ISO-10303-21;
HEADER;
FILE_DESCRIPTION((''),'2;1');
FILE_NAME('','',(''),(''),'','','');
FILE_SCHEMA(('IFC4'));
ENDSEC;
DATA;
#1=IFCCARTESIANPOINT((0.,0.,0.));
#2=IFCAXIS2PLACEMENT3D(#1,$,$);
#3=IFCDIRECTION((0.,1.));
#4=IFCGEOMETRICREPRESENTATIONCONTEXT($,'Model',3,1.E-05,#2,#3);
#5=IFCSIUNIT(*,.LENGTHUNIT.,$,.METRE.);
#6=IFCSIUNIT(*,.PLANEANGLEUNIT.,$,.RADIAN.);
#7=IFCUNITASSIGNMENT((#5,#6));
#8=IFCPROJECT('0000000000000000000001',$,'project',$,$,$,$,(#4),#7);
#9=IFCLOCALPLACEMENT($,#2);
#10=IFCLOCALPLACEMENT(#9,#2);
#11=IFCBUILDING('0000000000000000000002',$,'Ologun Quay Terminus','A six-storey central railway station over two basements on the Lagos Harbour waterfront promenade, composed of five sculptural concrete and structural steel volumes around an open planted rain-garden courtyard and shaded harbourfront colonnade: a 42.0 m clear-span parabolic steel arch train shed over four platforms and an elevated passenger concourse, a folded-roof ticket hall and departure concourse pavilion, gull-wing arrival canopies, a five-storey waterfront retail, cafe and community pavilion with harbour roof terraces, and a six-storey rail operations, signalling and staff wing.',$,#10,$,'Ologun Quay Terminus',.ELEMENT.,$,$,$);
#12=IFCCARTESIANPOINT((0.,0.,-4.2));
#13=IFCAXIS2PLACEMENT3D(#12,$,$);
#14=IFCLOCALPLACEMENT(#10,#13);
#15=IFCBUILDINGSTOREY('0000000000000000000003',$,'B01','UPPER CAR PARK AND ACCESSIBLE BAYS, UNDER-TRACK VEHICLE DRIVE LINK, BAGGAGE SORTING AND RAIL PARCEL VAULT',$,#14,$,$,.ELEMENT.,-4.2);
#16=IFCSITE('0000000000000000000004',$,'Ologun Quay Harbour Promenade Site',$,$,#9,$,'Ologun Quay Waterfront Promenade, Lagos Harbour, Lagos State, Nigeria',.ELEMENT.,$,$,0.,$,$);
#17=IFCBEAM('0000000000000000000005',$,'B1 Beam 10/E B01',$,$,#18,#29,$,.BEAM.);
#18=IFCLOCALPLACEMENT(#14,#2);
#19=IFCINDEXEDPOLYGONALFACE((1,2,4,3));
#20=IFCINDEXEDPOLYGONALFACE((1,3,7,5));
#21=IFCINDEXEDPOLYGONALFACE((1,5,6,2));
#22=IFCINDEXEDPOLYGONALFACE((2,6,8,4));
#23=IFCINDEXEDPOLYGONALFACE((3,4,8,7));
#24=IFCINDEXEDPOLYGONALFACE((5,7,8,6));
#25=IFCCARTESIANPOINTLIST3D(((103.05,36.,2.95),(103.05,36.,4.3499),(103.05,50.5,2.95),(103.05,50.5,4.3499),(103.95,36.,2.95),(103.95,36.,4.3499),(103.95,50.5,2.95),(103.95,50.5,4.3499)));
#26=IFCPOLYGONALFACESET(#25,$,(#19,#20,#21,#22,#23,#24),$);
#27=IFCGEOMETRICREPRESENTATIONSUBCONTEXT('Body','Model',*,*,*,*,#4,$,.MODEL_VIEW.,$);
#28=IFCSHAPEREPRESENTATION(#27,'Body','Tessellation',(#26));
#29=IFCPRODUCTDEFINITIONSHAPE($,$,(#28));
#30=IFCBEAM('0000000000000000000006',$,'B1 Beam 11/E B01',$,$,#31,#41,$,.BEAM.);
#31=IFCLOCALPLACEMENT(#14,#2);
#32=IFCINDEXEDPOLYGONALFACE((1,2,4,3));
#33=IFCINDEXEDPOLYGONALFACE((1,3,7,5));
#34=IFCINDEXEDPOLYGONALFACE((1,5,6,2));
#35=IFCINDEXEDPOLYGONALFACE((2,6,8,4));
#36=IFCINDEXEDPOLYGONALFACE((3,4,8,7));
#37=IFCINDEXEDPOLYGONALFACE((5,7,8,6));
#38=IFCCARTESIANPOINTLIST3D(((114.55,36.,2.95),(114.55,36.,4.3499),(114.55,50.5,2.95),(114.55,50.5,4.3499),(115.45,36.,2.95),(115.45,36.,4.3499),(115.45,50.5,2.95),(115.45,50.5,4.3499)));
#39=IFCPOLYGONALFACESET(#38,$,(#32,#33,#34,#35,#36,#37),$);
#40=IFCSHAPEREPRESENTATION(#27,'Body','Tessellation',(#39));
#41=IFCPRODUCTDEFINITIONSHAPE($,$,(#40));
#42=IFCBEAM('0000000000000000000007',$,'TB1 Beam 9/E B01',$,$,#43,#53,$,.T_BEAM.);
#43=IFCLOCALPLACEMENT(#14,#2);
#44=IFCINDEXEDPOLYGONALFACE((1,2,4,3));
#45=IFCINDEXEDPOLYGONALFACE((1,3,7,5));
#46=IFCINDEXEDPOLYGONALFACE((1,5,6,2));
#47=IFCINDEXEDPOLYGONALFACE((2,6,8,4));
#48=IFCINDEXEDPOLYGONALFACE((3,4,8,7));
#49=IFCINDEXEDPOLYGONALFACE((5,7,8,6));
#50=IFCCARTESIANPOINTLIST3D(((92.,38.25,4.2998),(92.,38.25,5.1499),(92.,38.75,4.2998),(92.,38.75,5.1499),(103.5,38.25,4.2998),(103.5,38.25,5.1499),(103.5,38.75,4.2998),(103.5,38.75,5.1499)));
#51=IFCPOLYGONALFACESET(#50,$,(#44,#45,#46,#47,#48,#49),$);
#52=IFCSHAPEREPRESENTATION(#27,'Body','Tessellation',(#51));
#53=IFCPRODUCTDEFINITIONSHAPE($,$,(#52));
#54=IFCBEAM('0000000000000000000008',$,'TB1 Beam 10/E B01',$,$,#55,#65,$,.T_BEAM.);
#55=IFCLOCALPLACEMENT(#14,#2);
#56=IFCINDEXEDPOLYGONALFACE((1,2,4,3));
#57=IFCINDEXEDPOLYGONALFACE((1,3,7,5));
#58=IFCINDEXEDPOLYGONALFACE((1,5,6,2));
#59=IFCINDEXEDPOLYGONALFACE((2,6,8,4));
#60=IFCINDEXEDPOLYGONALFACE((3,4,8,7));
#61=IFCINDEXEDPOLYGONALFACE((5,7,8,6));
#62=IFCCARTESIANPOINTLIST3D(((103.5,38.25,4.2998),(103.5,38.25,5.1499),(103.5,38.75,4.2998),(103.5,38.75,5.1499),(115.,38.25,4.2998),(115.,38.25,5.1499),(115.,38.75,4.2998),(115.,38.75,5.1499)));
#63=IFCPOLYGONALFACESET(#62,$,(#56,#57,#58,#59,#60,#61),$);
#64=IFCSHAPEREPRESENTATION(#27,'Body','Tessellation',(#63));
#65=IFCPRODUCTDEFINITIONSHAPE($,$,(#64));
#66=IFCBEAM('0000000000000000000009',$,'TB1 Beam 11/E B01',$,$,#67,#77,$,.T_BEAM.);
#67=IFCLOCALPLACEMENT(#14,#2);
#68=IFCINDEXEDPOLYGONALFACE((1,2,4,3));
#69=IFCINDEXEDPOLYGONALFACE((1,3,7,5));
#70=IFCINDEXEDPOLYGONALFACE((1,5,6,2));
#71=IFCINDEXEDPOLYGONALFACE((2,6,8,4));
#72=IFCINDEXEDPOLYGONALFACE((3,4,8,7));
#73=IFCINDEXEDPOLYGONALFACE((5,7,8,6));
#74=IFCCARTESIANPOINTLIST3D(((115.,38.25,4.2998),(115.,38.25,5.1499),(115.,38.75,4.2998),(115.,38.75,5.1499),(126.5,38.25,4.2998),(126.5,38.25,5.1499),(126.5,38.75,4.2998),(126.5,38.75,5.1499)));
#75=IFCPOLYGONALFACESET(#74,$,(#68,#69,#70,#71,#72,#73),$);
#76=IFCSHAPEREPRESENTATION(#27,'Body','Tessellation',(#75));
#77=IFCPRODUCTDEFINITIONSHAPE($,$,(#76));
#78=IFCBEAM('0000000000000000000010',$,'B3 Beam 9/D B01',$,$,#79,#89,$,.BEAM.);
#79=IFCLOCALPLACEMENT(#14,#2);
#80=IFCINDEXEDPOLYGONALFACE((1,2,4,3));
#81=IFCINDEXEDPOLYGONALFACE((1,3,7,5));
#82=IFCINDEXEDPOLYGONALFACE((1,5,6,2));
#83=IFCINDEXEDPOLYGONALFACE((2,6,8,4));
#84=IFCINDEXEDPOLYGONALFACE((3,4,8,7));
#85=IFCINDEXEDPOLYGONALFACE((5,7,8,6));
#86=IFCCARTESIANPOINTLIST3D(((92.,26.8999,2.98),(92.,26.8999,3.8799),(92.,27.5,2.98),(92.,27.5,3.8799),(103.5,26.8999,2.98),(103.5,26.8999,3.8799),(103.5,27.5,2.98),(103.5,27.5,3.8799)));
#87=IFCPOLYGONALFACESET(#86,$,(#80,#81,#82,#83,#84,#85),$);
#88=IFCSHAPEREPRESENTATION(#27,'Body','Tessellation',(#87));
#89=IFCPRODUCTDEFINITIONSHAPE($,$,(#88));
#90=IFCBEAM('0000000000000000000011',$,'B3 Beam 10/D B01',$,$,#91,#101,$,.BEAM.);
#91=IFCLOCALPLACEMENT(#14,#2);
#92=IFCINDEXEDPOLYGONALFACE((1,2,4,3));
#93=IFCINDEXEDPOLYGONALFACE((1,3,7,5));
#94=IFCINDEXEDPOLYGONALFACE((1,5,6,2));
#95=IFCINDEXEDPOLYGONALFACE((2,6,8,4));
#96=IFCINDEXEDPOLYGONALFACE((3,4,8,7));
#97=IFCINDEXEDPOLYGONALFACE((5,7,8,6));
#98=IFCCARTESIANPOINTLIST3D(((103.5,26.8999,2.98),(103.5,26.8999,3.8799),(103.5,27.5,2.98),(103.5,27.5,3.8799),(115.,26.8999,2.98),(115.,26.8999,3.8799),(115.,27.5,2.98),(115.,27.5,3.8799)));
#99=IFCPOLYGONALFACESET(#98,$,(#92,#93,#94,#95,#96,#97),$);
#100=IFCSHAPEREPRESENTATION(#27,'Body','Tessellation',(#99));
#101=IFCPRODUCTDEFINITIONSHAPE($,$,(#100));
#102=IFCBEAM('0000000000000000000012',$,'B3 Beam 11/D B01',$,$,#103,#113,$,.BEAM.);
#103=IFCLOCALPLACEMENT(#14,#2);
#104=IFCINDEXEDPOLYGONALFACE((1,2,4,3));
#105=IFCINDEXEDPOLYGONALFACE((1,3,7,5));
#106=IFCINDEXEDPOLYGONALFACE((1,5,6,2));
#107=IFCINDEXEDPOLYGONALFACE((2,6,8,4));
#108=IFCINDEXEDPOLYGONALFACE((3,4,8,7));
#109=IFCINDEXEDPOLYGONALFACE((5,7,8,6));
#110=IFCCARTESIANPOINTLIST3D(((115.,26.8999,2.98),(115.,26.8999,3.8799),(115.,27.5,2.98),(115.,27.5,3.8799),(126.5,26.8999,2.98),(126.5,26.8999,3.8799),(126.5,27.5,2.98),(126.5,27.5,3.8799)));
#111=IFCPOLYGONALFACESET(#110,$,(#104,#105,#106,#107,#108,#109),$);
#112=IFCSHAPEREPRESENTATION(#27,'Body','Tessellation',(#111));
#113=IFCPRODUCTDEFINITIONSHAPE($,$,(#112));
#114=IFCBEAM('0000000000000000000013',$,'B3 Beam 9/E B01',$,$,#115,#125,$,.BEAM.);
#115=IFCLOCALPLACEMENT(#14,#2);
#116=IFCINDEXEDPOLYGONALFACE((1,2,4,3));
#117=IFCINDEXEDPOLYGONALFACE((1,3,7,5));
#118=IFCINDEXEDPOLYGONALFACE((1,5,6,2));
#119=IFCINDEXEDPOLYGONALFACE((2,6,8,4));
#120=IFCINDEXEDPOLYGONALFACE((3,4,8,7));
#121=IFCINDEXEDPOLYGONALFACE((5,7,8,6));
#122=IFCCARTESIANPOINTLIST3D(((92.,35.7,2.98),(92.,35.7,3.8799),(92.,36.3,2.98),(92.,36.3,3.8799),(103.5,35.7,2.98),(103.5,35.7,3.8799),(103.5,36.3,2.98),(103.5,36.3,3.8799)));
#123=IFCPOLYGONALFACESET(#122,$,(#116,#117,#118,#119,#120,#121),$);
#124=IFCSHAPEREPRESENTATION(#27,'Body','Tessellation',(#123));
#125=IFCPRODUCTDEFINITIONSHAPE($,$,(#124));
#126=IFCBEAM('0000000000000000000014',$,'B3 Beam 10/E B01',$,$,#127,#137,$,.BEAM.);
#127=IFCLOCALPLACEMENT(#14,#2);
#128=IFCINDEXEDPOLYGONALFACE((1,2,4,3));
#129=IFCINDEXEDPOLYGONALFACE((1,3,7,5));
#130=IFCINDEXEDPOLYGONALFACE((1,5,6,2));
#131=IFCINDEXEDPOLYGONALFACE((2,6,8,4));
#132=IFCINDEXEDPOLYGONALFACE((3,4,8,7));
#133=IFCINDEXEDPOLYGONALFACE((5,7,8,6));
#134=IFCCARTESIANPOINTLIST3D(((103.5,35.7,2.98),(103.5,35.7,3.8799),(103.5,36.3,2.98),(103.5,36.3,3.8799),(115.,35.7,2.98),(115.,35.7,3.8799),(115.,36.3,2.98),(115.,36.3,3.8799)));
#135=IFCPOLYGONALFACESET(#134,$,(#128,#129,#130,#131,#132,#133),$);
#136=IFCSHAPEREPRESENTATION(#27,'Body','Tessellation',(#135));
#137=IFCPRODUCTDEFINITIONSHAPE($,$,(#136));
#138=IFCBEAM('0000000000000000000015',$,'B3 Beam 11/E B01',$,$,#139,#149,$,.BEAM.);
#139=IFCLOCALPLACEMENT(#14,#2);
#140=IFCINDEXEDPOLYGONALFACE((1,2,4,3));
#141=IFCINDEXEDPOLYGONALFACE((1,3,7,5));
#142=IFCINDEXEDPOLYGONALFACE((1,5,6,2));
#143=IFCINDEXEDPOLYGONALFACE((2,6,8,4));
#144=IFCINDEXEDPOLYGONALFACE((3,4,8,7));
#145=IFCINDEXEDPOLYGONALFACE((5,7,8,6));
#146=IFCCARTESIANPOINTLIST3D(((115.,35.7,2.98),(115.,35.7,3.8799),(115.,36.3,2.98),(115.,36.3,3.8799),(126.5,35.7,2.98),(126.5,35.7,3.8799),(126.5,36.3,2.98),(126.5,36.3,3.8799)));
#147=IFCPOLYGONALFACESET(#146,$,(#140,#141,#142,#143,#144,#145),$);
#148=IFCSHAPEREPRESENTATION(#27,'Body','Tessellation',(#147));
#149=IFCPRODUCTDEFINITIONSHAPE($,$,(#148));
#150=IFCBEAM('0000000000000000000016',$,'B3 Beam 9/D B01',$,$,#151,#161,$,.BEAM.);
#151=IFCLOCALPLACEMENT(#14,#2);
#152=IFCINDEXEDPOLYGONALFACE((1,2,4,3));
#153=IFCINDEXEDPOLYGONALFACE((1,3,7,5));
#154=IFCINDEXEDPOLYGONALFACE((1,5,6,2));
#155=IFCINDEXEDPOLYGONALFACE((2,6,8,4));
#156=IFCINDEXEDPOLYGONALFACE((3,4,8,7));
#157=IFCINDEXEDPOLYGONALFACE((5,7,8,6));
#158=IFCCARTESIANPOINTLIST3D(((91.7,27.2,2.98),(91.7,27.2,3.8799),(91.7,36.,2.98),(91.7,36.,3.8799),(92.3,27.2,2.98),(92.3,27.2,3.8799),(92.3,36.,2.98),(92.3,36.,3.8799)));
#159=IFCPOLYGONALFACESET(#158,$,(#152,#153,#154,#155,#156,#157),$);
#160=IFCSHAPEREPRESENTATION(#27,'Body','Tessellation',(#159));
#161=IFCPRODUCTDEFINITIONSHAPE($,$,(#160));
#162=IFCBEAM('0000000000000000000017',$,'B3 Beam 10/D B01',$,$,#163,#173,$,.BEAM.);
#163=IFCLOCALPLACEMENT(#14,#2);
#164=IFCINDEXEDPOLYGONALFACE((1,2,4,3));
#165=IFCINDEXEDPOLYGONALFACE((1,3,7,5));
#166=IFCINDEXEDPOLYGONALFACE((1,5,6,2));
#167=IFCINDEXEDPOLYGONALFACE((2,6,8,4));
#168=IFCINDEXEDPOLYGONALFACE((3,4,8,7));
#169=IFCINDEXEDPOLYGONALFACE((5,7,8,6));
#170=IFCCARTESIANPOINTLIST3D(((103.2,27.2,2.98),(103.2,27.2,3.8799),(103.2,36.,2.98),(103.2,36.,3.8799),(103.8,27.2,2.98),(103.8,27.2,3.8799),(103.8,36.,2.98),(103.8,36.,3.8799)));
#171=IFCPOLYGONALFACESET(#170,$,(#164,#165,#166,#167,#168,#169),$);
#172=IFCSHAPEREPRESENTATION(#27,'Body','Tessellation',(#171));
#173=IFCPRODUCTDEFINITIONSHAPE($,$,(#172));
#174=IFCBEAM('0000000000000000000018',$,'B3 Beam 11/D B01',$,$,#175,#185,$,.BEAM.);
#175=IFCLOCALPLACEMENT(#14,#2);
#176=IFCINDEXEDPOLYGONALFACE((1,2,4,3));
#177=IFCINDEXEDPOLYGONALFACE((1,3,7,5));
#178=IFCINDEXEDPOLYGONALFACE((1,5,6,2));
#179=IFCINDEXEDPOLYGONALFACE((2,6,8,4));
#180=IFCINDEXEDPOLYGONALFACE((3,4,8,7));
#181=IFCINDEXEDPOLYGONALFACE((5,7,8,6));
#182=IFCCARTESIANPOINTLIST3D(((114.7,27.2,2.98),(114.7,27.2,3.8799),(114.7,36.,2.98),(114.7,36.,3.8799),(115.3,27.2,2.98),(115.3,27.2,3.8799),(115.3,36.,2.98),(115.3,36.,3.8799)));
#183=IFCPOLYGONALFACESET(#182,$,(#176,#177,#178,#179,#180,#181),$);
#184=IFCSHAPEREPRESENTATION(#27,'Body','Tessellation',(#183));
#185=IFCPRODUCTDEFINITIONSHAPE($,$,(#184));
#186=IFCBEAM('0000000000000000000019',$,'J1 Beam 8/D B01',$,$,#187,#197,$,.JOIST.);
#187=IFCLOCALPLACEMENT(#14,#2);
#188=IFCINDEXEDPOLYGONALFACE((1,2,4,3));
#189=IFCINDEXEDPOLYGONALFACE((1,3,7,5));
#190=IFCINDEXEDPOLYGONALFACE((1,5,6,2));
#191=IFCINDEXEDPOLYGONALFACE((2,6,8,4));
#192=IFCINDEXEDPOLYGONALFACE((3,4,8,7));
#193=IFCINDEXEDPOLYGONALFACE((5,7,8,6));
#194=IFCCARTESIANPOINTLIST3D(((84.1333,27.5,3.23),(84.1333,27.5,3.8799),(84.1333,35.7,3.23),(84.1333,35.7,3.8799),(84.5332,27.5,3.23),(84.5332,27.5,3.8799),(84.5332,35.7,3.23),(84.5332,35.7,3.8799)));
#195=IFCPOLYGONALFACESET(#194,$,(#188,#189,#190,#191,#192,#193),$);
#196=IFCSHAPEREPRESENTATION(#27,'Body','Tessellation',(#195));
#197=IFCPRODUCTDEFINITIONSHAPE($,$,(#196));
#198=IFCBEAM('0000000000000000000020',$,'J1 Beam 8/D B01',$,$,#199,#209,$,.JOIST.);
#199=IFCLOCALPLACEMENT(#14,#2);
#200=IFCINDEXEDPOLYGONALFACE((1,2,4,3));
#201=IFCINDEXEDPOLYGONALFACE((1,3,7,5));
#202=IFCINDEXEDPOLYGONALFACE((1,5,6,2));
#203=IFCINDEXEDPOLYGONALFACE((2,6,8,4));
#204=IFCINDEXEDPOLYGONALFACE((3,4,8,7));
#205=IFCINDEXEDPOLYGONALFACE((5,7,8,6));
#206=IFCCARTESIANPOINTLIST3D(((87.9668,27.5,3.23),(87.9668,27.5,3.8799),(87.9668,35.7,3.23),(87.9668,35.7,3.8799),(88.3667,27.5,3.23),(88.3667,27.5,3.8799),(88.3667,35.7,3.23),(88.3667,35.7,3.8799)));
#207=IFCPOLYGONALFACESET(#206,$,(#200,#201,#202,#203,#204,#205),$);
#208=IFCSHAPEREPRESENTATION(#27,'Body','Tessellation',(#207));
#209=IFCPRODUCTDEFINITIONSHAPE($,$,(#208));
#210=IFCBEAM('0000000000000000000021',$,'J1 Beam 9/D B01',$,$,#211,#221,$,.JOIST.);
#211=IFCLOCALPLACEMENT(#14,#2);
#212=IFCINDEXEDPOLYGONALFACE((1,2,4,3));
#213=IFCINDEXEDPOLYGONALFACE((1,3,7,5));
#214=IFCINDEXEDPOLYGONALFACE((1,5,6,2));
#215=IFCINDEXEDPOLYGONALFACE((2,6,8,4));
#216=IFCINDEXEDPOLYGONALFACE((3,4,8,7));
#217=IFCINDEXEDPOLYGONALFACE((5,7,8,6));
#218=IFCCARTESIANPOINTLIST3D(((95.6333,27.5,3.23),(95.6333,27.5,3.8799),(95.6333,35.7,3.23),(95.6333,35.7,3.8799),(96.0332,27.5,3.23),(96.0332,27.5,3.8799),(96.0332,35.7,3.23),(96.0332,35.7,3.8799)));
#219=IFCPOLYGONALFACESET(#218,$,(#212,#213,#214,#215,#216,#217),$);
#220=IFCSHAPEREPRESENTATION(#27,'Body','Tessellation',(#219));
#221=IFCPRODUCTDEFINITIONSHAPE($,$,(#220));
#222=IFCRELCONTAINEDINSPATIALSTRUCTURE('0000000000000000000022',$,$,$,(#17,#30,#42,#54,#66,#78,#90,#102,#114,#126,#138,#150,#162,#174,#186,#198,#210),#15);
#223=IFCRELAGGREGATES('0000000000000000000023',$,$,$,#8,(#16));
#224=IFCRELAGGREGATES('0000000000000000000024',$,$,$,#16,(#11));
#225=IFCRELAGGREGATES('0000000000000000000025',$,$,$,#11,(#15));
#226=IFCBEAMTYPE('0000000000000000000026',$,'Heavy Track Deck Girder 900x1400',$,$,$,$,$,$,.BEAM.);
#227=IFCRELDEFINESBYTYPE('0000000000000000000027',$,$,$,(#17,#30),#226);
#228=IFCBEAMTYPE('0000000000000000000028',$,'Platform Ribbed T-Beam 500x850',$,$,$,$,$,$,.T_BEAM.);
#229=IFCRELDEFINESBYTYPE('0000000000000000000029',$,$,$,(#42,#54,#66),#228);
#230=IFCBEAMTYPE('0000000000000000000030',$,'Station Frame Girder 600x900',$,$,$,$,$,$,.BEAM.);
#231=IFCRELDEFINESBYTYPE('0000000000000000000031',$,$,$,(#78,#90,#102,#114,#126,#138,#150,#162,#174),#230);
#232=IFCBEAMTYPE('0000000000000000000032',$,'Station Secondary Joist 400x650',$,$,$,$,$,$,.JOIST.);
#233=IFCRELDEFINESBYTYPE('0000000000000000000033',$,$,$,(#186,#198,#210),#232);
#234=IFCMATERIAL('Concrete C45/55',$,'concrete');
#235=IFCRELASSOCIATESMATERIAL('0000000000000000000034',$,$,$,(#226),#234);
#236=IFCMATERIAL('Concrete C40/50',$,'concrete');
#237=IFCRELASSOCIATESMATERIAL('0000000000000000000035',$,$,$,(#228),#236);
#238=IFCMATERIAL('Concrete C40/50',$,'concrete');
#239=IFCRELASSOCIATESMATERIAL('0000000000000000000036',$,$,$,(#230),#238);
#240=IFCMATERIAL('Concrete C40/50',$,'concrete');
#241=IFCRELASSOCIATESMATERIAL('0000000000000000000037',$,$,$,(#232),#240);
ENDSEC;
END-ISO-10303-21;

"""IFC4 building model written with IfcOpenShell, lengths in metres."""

from ifc_helpers import new_model, si_unit, direction, frame, origin, origin_2d, place, context, subcontext, project, spatial, rectangle, extrude, material, material_profile, profile_set, type_object, element, save


model = new_model("IFC4")

# Units and contexts
model_context = context("Model", 3, precision=1e-05, world=origin(), true_north=direction((0.0, 1.0)))
body_context = subcontext(model_context, "Body", "Model", "MODEL_VIEW")
ifc_project = project(units=[si_unit("LENGTHUNIT", "METRE"), si_unit("PLANEANGLEUNIT", "RADIAN")], contexts=[model_context])

# Site, building, storey
site_placement = place(None, origin())
site = spatial("IfcSite", under=ifc_project, at=site_placement, Name="Ologun Quay Harbour Promenade Site", LongName="Ologun Quay Waterfront Promenade, Lagos Harbour, Lagos State, Nigeria", CompositionType="ELEMENT", RefElevation=0.0)
building_placement = place(site_placement, origin())
building = spatial("IfcBuilding", under=site, at=building_placement, Name="Ologun Quay Terminus", Description="A six-storey central railway station over two basements on the Lagos Harbour waterfront promenade, composed of five sculptural concrete and structural steel volumes around an open planted rain-garden courtyard and shaded harbourfront colonnade: a 42.0 m clear-span parabolic steel arch train shed over four platforms and an elevated passenger concourse, a folded-roof ticket hall and departure concourse pavilion, gull-wing arrival canopies, a five-storey waterfront retail, cafe and community pavilion with harbour roof terraces, and a six-storey rail operations, signalling and staff wing.", LongName="Ologun Quay Terminus", CompositionType="ELEMENT")
storey_placement = place(building_placement, frame((0.0, 0.0, -4.2)))
storey = spatial("IfcBuildingStorey", under=building, at=storey_placement, Name="B01", Description="UPPER CAR PARK AND ACCESSIBLE BAYS, UNDER-TRACK VEHICLE DRIVE LINK, BAGGAGE SORTING AND RAIL PARCEL VAULT", CompositionType="ELEMENT", Elevation=-4.2)

# Beams
ifc_material_1 = material(Name="Concrete C45/55", Category="concrete")
ifc_material_profile_1 = material_profile(ifc_material_1, rectangle(XDim=0.8999, YDim=1.3999, at=origin_2d()), Name="RC 900x1400")
ifc_profile_set_1 = profile_set([ifc_material_profile_1], Name="Concrete C45/55")
beam_type_1 = type_object("IfcBeamType", Name="Heavy Track Deck Girder 900x1400", PredefinedType="BEAM", material=ifc_profile_set_1)
for number, where, z_axis, x_axis, name in (
    (1, (103.5, 36.0, 3.6499), (0.0, 1.0, 0.0), (-1.0, 0.0, 0.0), "B1 Beam 10/E B01"),
    (2, (115.0, 36.0, 3.6499), (0.0, 1.0, 0.0), (-1.0, 0.0, 0.0), "B1 Beam 11/E B01"),
):
    element("IfcBeam", number, at=place(storey_placement, frame(where, z_axis=z_axis, x_axis=x_axis)), inside=storey, type_object=beam_type_1, Name=name, PredefinedType="BEAM", context=body_context, shape_type="SweptSolid", body=[
        extrude(rectangle(XDim=0.8999, YDim=1.3999, at=origin_2d()), origin(), (0.0, 0.0, 1.0), 14.5),
    ])
ifc_material_2 = material(Name="Concrete C40/50", Category="concrete")
ifc_material_profile_2 = material_profile(ifc_material_2, rectangle(XDim=0.5, YDim=0.8501, at=origin_2d()), Name="RC 500x850")
ifc_profile_set_2 = profile_set([ifc_material_profile_2], Name="Concrete C40/50")
beam_type_2 = type_object("IfcBeamType", Name="Platform Ribbed T-Beam 500x850", PredefinedType="T_BEAM", material=ifc_profile_set_2)
for number, where, z_axis, x_axis, name in (
    (3, (92.0, 38.5, 4.7249), (1.0, 0.0, 0.0), (0.0, 1.0, 0.0), "TB1 Beam 9/E B01"),
    (4, (103.5, 38.5, 4.7249), (1.0, 0.0, 0.0), (0.0, 1.0, 0.0), "TB1 Beam 10/E B01"),
    (5, (115.0, 38.5, 4.7249), (1.0, 0.0, 0.0), (0.0, 1.0, 0.0), "TB1 Beam 11/E B01"),
):
    element("IfcBeam", number, at=place(storey_placement, frame(where, z_axis=z_axis, x_axis=x_axis)), inside=storey, type_object=beam_type_2, Name=name, PredefinedType="T_BEAM", context=body_context, shape_type="SweptSolid", body=[
        extrude(rectangle(XDim=0.5, YDim=0.8501, at=origin_2d()), origin(), (0.0, 0.0, 1.0), 11.5),
    ])
ifc_material_3 = material(Name="Concrete C40/50", Category="concrete")
ifc_material_profile_3 = material_profile(ifc_material_3, rectangle(XDim=0.6001, YDim=0.8999, at=origin_2d()), Name="RC 600x900")
ifc_profile_set_3 = profile_set([ifc_material_profile_3], Name="Concrete C40/50")
beam_type_3 = type_object("IfcBeamType", Name="Station Frame Girder 600x900", PredefinedType="BEAM", material=ifc_profile_set_3)
for number, where, z_axis, x_axis, name in (
    (6, (92.0, 27.2, 3.4299), (1.0, 0.0, 0.0), (0.0, 1.0, 0.0), "B3 Beam 9/D B01"),
    (7, (103.5, 27.2, 3.4299), (1.0, 0.0, 0.0), (0.0, 1.0, 0.0), "B3 Beam 10/D B01"),
    (8, (115.0, 27.2, 3.4299), (1.0, 0.0, 0.0), (0.0, 1.0, 0.0), "B3 Beam 11/D B01"),
    (9, (92.0, 36.0, 3.4299), (1.0, 0.0, 0.0), (0.0, 1.0, 0.0), "B3 Beam 9/E B01"),
    (10, (103.5, 36.0, 3.4299), (1.0, 0.0, 0.0), (0.0, 1.0, 0.0), "B3 Beam 10/E B01"),
    (11, (115.0, 36.0, 3.4299), (1.0, 0.0, 0.0), (0.0, 1.0, 0.0), "B3 Beam 11/E B01"),
):
    element("IfcBeam", number, at=place(storey_placement, frame(where, z_axis=z_axis, x_axis=x_axis)), inside=storey, type_object=beam_type_3, Name=name, PredefinedType="BEAM", context=body_context, shape_type="SweptSolid", body=[
        extrude(rectangle(XDim=0.6001, YDim=0.8999, at=origin_2d()), origin(), (0.0, 0.0, 1.0), 11.5),
    ])
for number, where, z_axis, x_axis, name in (
    (12, (92.0, 27.2, 3.4299), (0.0, 1.0, 0.0), (-1.0, 0.0, 0.0), "B3 Beam 9/D B01"),
    (13, (103.5, 27.2, 3.4299), (0.0, 1.0, 0.0), (-1.0, 0.0, 0.0), "B3 Beam 10/D B01"),
    (14, (115.0, 27.2, 3.4299), (0.0, 1.0, 0.0), (-1.0, 0.0, 0.0), "B3 Beam 11/D B01"),
):
    element("IfcBeam", number, at=place(storey_placement, frame(where, z_axis=z_axis, x_axis=x_axis)), inside=storey, type_object=beam_type_3, Name=name, PredefinedType="BEAM", context=body_context, shape_type="SweptSolid", body=[
        extrude(rectangle(XDim=0.6001, YDim=0.8999, at=origin_2d()), origin(), (0.0, 0.0, 1.0), 8.8),
    ])
ifc_material_4 = material(Name="Concrete C40/50", Category="concrete")
ifc_material_profile_4 = material_profile(ifc_material_4, rectangle(XDim=0.3999, YDim=0.6499, at=origin_2d()), Name="RC 400x650")
ifc_profile_set_4 = profile_set([ifc_material_profile_4], Name="Concrete C40/50")
beam_type_4 = type_object("IfcBeamType", Name="Station Secondary Joist 400x650", PredefinedType="JOIST", material=ifc_profile_set_4)
for number, where, z_axis, x_axis, name in (
    (15, (84.3333, 27.5, 3.5549), (0.0, 1.0, 0.0), (-1.0, 0.0, 0.0), "J1 Beam 8/D B01"),
    (16, (88.1667, 27.5, 3.5549), (0.0, 1.0, 0.0), (-1.0, 0.0, 0.0), "J1 Beam 8/D B01"),
    (17, (95.8333, 27.5, 3.5549), (0.0, 1.0, 0.0), (-1.0, 0.0, 0.0), "J1 Beam 9/D B01"),
):
    element("IfcBeam", number, at=place(storey_placement, frame(where, z_axis=z_axis, x_axis=x_axis)), inside=storey, type_object=beam_type_4, Name=name, PredefinedType="JOIST", context=body_context, shape_type="SweptSolid", body=[
        extrude(rectangle(XDim=0.3999, YDim=0.6499, at=origin_2d()), origin(), (0.0, 0.0, 1.0), 8.2),
    ])

save(model, "model.ifc")
